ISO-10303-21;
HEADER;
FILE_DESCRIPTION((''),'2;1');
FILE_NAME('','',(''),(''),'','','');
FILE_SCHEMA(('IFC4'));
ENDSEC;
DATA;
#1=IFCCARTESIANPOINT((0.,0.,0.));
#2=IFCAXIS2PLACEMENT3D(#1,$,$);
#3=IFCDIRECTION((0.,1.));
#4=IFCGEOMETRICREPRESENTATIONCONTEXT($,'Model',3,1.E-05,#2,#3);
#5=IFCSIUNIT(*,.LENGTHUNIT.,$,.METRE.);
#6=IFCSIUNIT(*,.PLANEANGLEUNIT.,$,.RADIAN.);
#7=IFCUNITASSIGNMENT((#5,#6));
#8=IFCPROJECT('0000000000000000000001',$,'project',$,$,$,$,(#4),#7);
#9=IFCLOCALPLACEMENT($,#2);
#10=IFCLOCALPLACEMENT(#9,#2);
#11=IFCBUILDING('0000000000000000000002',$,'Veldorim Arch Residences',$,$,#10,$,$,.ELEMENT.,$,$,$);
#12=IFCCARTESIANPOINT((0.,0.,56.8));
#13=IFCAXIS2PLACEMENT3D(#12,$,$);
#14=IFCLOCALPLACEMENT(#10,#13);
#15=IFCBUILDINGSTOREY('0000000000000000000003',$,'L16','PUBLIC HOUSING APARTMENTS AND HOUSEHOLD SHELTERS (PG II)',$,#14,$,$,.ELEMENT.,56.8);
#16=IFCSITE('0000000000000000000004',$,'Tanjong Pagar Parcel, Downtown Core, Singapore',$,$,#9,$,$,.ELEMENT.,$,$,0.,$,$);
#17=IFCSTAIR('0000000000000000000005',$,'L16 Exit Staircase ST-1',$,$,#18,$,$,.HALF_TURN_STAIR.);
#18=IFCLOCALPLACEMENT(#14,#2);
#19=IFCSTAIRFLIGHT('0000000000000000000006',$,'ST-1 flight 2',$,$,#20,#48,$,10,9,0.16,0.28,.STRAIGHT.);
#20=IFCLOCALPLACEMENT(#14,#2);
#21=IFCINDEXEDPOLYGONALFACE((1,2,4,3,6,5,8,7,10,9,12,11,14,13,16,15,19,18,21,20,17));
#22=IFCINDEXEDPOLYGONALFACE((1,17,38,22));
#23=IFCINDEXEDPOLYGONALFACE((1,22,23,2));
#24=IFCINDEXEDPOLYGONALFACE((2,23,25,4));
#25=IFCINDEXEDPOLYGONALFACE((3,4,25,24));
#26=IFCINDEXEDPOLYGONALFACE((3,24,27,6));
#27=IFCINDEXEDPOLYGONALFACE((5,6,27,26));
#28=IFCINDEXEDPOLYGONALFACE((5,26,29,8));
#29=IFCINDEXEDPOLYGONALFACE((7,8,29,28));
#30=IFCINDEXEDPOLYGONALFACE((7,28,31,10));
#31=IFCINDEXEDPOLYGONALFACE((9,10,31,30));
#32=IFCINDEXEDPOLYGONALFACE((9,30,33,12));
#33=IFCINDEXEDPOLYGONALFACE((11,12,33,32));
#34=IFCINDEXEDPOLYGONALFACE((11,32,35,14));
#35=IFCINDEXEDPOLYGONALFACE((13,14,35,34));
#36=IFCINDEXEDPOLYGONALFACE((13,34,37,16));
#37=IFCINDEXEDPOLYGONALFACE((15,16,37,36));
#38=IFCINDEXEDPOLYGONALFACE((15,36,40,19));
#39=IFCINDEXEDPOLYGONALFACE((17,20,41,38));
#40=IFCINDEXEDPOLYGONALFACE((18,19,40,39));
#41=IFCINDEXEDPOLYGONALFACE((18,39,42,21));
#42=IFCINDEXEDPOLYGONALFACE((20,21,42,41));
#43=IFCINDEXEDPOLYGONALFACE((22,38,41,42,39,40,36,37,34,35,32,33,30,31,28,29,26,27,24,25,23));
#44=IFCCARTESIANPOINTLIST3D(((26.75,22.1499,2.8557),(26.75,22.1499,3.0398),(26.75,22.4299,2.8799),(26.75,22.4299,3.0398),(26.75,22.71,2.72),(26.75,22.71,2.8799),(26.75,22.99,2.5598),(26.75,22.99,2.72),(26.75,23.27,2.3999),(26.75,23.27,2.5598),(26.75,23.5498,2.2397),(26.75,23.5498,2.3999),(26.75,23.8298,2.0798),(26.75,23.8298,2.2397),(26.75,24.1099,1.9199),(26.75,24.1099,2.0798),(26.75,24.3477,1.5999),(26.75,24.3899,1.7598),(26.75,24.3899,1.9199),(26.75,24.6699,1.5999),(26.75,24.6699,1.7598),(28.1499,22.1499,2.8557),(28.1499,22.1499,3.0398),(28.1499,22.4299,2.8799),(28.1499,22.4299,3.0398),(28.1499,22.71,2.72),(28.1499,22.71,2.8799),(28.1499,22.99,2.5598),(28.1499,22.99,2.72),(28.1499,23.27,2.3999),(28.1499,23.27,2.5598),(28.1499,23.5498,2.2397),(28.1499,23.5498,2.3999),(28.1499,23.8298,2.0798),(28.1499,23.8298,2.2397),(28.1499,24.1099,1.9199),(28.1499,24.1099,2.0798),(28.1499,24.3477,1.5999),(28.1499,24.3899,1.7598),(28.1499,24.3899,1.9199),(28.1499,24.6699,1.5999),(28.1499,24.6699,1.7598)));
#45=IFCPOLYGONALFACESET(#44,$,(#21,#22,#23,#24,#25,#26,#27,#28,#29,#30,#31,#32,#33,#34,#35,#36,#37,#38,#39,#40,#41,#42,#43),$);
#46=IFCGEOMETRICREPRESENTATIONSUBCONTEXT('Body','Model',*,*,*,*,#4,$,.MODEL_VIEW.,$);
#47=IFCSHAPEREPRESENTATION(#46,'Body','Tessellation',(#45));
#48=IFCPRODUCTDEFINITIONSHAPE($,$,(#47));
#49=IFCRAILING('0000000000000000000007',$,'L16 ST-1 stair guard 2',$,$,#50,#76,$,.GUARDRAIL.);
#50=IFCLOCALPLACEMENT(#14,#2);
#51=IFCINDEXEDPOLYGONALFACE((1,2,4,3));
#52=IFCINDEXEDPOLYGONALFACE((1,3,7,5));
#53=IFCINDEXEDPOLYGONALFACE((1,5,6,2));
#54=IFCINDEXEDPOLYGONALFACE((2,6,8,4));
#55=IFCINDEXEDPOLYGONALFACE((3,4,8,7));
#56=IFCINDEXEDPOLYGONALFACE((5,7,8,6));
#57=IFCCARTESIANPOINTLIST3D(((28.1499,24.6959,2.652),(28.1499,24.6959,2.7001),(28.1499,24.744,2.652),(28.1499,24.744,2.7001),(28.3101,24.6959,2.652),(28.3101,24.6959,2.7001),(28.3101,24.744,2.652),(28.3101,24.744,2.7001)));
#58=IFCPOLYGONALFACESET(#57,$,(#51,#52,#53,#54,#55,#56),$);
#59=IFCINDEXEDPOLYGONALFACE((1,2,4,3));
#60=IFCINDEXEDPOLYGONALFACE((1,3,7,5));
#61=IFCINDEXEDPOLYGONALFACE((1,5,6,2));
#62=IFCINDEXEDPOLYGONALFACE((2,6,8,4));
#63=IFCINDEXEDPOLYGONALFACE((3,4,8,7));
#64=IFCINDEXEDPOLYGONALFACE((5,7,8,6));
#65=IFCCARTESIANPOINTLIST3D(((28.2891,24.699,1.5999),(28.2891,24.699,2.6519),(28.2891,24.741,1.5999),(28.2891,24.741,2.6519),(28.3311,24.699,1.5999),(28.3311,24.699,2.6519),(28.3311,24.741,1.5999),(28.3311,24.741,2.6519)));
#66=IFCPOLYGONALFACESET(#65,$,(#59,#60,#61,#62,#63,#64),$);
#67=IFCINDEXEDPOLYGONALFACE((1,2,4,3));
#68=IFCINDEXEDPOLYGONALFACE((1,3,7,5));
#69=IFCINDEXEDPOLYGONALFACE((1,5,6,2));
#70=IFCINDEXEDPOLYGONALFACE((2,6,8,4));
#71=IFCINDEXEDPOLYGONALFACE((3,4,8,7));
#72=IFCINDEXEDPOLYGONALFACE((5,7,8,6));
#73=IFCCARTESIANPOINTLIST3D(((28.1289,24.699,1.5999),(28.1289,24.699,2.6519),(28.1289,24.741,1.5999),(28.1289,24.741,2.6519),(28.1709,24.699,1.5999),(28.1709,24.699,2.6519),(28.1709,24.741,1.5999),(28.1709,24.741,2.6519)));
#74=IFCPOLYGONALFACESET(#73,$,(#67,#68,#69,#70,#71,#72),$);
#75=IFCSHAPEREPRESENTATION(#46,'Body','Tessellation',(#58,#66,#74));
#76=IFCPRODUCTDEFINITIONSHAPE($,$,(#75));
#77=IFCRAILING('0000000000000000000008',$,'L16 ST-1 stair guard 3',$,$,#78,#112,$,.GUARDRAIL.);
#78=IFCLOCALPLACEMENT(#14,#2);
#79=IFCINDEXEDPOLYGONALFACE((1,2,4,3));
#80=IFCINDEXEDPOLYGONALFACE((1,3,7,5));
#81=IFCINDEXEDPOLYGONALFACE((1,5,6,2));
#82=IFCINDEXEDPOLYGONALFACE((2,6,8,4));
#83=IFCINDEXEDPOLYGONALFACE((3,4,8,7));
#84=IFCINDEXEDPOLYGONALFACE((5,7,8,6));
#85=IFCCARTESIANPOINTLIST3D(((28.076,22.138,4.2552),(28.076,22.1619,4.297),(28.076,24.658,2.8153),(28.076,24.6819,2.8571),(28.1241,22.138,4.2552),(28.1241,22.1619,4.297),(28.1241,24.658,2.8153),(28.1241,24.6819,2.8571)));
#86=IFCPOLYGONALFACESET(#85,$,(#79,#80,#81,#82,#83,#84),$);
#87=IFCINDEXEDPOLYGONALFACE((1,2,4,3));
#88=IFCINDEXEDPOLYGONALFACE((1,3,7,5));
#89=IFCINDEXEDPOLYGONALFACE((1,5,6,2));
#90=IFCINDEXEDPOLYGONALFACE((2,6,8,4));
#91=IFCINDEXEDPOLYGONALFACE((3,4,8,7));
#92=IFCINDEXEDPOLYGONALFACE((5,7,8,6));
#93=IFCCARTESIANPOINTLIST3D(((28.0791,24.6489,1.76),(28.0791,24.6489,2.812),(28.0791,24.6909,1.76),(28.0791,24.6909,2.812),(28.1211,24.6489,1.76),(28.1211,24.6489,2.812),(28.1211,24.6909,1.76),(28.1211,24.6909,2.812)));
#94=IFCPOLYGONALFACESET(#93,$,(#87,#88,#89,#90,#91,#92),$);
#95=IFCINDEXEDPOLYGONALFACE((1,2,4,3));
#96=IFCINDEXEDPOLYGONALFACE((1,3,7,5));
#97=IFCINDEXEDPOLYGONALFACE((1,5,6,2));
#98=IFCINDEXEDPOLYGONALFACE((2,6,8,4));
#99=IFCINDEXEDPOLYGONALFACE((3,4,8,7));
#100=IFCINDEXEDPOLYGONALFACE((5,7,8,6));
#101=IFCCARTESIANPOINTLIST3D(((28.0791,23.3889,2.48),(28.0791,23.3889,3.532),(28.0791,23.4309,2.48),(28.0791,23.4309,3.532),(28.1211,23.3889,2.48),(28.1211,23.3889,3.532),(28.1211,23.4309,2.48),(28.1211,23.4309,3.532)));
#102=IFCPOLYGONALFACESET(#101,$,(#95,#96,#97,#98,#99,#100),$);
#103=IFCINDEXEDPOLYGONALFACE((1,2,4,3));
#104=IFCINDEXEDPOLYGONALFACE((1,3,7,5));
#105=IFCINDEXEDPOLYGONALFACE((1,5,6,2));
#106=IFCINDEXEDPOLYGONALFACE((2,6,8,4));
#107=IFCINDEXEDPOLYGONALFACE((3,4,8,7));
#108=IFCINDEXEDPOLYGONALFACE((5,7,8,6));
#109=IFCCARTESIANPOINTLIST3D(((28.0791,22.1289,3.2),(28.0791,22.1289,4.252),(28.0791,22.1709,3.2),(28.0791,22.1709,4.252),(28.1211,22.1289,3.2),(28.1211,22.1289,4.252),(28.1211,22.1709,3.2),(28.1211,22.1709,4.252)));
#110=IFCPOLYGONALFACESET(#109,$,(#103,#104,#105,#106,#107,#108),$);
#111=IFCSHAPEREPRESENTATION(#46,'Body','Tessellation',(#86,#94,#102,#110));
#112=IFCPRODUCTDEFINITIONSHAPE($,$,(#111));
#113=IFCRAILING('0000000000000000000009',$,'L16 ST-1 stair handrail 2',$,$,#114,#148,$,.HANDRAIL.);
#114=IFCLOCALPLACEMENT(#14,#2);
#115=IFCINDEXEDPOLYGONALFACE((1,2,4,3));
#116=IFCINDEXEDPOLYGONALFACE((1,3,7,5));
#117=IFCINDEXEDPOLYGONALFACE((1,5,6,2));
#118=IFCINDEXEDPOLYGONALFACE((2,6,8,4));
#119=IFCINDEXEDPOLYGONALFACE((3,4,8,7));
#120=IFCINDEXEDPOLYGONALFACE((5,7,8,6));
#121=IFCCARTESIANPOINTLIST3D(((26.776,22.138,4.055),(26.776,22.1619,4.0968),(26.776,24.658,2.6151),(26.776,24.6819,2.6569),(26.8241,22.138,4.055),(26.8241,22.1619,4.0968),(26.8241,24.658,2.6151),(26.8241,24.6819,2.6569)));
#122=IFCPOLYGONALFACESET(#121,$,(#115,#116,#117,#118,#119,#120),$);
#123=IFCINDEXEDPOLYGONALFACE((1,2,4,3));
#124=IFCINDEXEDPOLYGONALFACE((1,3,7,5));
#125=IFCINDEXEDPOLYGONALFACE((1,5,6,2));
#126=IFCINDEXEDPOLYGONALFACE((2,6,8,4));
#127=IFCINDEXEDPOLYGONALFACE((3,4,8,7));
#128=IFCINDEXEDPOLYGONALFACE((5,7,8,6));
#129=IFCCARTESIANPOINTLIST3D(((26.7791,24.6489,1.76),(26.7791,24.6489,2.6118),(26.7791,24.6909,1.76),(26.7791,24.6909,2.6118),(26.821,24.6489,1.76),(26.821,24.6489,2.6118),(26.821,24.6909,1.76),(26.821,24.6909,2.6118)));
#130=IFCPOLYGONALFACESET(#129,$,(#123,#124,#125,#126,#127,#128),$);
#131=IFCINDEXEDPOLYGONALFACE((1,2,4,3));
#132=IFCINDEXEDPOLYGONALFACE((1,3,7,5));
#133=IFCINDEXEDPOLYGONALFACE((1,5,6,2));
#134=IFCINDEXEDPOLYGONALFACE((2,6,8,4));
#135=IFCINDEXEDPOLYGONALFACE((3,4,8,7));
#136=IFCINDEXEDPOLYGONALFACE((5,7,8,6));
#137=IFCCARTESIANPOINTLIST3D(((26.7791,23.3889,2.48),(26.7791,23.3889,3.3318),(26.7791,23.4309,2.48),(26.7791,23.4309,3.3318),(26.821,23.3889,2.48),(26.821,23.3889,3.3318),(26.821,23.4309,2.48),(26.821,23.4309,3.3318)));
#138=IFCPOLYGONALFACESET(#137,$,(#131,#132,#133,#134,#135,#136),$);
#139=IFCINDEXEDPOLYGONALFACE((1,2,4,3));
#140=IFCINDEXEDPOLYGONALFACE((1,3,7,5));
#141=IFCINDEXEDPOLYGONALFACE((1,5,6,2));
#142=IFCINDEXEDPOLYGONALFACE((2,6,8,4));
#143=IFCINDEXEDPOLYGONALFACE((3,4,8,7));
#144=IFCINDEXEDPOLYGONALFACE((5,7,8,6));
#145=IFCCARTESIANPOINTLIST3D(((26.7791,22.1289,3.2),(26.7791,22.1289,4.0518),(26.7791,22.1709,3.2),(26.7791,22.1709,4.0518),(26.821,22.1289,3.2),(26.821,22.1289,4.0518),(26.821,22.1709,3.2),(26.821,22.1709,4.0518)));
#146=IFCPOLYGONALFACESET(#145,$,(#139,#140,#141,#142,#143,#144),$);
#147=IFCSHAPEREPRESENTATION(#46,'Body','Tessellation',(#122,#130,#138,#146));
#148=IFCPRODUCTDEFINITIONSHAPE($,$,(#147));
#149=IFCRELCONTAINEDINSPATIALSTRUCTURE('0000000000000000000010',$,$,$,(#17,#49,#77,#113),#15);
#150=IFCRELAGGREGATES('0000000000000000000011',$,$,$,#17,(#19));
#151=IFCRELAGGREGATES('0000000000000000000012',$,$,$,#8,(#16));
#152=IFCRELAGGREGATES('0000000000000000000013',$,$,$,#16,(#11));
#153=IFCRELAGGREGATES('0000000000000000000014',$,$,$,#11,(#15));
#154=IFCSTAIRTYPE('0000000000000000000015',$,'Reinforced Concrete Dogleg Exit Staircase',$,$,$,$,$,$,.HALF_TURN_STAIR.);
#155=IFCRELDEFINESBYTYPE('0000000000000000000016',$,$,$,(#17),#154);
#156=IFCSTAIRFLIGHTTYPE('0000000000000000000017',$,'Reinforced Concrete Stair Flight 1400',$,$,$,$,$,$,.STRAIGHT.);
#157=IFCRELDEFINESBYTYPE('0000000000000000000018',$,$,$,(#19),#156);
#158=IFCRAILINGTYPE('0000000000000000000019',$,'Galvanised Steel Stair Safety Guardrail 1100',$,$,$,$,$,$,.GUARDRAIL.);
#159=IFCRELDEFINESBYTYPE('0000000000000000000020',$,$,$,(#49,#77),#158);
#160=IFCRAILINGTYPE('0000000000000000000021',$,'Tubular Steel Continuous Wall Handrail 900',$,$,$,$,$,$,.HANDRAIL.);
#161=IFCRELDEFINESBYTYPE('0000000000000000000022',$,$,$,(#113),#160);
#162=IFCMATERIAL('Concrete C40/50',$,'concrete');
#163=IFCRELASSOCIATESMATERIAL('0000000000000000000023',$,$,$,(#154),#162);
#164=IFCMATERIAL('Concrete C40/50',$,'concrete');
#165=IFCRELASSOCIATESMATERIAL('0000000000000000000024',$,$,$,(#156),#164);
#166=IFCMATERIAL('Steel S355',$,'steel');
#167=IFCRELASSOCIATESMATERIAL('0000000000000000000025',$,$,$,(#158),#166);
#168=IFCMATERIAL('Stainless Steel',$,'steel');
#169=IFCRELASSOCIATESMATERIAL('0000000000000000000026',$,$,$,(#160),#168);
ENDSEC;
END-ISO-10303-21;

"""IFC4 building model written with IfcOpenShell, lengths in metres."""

from ifc_helpers import new_model, si_unit, direction, frame, origin, origin_2d, place, context, subcontext, project, spatial, polyline, rectangle, outline, extrude, material, type_object, element, aggregate, save


model = new_model("IFC4")

# Units and contexts
model_context = context("Model", 3, precision=1e-05, world=origin(), true_north=direction((0.0, 1.0)))
body_context = subcontext(model_context, "Body", "Model", "MODEL_VIEW")
ifc_project = project(units=[si_unit("LENGTHUNIT", "METRE"), si_unit("PLANEANGLEUNIT", "RADIAN")], contexts=[model_context])

# Site, building, storey
site_placement = place(None, origin())
site = spatial("IfcSite", under=ifc_project, at=site_placement, Name="Tanjong Pagar Parcel, Downtown Core, Singapore", CompositionType="ELEMENT", RefElevation=0.0)
building_placement = place(site_placement, origin())
building = spatial("IfcBuilding", under=site, at=building_placement, Name="Veldorim Arch Residences", CompositionType="ELEMENT")
storey_placement = place(building_placement, frame((0.0, 0.0, 56.8)))
storey = spatial("IfcBuildingStorey", under=building, at=storey_placement, Name="L16", Description="PUBLIC HOUSING APARTMENTS AND HOUSEHOLD SHELTERS (PG II)", CompositionType="ELEMENT", Elevation=56.8)

# Stair, stair flight
ifc_material_1 = material(Name="Concrete C40/50", Category="concrete")
stair_type = type_object("IfcStairType", Name="Reinforced Concrete Dogleg Exit Staircase", PredefinedType="HALF_TURN_STAIR", material=ifc_material_1)
stair_placement = place(storey_placement, origin())
stair = element("IfcStair", 1, at=stair_placement, inside=storey, type_object=stair_type, Name="L16 Exit Staircase ST-1", PredefinedType="HALF_TURN_STAIR")
ifc_material_2 = material(Name="Concrete C40/50", Category="concrete")
stair_flight_type = type_object("IfcStairFlightType", Name="Reinforced Concrete Stair Flight 1400", PredefinedType="STRAIGHT", material=ifc_material_2)
stair_flight_placement = place(storey_placement, frame((27.45, 24.6699, 1.5999), z_axis=(0.0, 0.0, 1.0), x_axis=(0.0, -1.0, 0.0)))
stair_flight = element("IfcStairFlight", 2, at=stair_flight_placement, type_object=stair_flight_type, Name="ST-1 flight 2", NumberOfRisers=10, NumberOfTreads=9, PredefinedType="STRAIGHT", RiserHeight=0.16, TreadLength=0.28, context=body_context, shape_type="SweptSolid", body=[
    extrude(outline(polyline([(0.0, 0.0), (0.0, 0.1599), (0.28, 0.1599), (0.28, 0.3201), (0.5601, 0.3201), (0.5601, 0.48), (0.8401, 0.48), (0.8401, 0.6399), (1.1201, 0.6399), (1.1201, 0.8), (1.3999, 0.8), (1.3999, 0.96), (1.6799, 0.96), (1.6799, 1.1201), (1.96, 1.1201), (1.96, 1.28), (2.24, 1.28), (2.24, 1.4399), (2.52, 1.4399), (2.52, 1.6001), (2.52, 1.2559), (0.3223, 0.0), (0.0, 0.0)])), frame((0.0, 0.7, 0.0), z_axis=(0.0, -1.0, 0.0), x_axis=(1.0, 0.0, 0.0)), (0.0, 0.0, 1.0), 1.3999),
])
aggregate(stair, [stair_flight])

# Railings
ifc_material_3 = material(Name="Steel S355", Category="steel")
railing_type_1 = type_object("IfcRailingType", Name="Galvanised Steel Stair Safety Guardrail 1100", PredefinedType="GUARDRAIL", material=ifc_material_3)
railing_1_placement = place(storey_placement, frame((28.3101, 24.72, 1.5999)))
element("IfcRailing", 3, at=railing_1_placement, inside=storey, type_object=railing_type_1, Name="L16 ST-1 stair guard 2", PredefinedType="GUARDRAIL", context=body_context, shape_type="SweptSolid", body=[
    extrude(rectangle(XDim=0.0481, YDim=0.0481, at=origin_2d()), frame((0.0, 0.0, 1.0762), z_axis=(-1.0, 0.0, 0.0), x_axis=(0.0, -1.0, 0.0)), (0.0, 0.0, 1.0), 0.1602),
    extrude(rectangle(XDim=0.042, YDim=0.042, at=origin_2d()), origin(), (0.0, 0.0, 1.0), 1.052),
    extrude(rectangle(XDim=0.042, YDim=0.042, at=origin_2d()), frame((-0.1602, 0.0, 0.0)), (0.0, 0.0, 1.0), 1.052),
])
railing_2_placement = place(storey_placement, frame((28.1001, 24.6699, 1.76)))
element("IfcRailing", 4, at=railing_2_placement, inside=storey, type_object=railing_type_1, Name="L16 ST-1 stair guard 3", PredefinedType="GUARDRAIL", context=body_context, shape_type="SweptSolid", body=[
    extrude(rectangle(XDim=0.0481, YDim=0.0481, at=origin_2d()), frame((0.0, 0.0, 1.0762), z_axis=(0.0, -0.868253, 0.496121), x_axis=(1.0, 0.0, 0.0)), (0.0, 0.0, 1.0), 2.9023),
    extrude(rectangle(XDim=0.042, YDim=0.042, at=origin_2d()), origin(), (0.0, 0.0, 1.0), 1.052),
    extrude(rectangle(XDim=0.042, YDim=0.042, at=origin_2d()), frame((0.0, -1.26, 0.72)), (0.0, 0.0, 1.0), 1.052),
    extrude(rectangle(XDim=0.042, YDim=0.042, at=origin_2d()), frame((0.0, -2.52, 1.4399)), (0.0, 0.0, 1.0), 1.052),
])
ifc_material_4 = material(Name="Stainless Steel", Category="steel")
railing_type_2 = type_object("IfcRailingType", Name="Tubular Steel Continuous Wall Handrail 900", PredefinedType="HANDRAIL", material=ifc_material_4)
railing_3_placement = place(storey_placement, frame((26.8, 24.6699, 1.76)))
element("IfcRailing", 5, at=railing_3_placement, inside=storey, type_object=railing_type_2, Name="L16 ST-1 stair handrail 2", PredefinedType="HANDRAIL", context=body_context, shape_type="SweptSolid", body=[
    extrude(rectangle(XDim=0.0481, YDim=0.0481, at=origin_2d()), frame((0.0, 0.0, 0.876), z_axis=(0.0, -0.868253, 0.496121), x_axis=(1.0, 0.0, 0.0)), (0.0, 0.0, 1.0), 2.9023),
    extrude(rectangle(XDim=0.042, YDim=0.042, at=origin_2d()), origin(), (0.0, 0.0, 1.0), 0.8518),
    extrude(rectangle(XDim=0.042, YDim=0.042, at=origin_2d()), frame((0.0, -1.26, 0.72)), (0.0, 0.0, 1.0), 0.8518),
    extrude(rectangle(XDim=0.042, YDim=0.042, at=origin_2d()), frame((0.0, -2.52, 1.4399)), (0.0, 0.0, 1.0), 0.8518),
])

save(model, "model.ifc")
